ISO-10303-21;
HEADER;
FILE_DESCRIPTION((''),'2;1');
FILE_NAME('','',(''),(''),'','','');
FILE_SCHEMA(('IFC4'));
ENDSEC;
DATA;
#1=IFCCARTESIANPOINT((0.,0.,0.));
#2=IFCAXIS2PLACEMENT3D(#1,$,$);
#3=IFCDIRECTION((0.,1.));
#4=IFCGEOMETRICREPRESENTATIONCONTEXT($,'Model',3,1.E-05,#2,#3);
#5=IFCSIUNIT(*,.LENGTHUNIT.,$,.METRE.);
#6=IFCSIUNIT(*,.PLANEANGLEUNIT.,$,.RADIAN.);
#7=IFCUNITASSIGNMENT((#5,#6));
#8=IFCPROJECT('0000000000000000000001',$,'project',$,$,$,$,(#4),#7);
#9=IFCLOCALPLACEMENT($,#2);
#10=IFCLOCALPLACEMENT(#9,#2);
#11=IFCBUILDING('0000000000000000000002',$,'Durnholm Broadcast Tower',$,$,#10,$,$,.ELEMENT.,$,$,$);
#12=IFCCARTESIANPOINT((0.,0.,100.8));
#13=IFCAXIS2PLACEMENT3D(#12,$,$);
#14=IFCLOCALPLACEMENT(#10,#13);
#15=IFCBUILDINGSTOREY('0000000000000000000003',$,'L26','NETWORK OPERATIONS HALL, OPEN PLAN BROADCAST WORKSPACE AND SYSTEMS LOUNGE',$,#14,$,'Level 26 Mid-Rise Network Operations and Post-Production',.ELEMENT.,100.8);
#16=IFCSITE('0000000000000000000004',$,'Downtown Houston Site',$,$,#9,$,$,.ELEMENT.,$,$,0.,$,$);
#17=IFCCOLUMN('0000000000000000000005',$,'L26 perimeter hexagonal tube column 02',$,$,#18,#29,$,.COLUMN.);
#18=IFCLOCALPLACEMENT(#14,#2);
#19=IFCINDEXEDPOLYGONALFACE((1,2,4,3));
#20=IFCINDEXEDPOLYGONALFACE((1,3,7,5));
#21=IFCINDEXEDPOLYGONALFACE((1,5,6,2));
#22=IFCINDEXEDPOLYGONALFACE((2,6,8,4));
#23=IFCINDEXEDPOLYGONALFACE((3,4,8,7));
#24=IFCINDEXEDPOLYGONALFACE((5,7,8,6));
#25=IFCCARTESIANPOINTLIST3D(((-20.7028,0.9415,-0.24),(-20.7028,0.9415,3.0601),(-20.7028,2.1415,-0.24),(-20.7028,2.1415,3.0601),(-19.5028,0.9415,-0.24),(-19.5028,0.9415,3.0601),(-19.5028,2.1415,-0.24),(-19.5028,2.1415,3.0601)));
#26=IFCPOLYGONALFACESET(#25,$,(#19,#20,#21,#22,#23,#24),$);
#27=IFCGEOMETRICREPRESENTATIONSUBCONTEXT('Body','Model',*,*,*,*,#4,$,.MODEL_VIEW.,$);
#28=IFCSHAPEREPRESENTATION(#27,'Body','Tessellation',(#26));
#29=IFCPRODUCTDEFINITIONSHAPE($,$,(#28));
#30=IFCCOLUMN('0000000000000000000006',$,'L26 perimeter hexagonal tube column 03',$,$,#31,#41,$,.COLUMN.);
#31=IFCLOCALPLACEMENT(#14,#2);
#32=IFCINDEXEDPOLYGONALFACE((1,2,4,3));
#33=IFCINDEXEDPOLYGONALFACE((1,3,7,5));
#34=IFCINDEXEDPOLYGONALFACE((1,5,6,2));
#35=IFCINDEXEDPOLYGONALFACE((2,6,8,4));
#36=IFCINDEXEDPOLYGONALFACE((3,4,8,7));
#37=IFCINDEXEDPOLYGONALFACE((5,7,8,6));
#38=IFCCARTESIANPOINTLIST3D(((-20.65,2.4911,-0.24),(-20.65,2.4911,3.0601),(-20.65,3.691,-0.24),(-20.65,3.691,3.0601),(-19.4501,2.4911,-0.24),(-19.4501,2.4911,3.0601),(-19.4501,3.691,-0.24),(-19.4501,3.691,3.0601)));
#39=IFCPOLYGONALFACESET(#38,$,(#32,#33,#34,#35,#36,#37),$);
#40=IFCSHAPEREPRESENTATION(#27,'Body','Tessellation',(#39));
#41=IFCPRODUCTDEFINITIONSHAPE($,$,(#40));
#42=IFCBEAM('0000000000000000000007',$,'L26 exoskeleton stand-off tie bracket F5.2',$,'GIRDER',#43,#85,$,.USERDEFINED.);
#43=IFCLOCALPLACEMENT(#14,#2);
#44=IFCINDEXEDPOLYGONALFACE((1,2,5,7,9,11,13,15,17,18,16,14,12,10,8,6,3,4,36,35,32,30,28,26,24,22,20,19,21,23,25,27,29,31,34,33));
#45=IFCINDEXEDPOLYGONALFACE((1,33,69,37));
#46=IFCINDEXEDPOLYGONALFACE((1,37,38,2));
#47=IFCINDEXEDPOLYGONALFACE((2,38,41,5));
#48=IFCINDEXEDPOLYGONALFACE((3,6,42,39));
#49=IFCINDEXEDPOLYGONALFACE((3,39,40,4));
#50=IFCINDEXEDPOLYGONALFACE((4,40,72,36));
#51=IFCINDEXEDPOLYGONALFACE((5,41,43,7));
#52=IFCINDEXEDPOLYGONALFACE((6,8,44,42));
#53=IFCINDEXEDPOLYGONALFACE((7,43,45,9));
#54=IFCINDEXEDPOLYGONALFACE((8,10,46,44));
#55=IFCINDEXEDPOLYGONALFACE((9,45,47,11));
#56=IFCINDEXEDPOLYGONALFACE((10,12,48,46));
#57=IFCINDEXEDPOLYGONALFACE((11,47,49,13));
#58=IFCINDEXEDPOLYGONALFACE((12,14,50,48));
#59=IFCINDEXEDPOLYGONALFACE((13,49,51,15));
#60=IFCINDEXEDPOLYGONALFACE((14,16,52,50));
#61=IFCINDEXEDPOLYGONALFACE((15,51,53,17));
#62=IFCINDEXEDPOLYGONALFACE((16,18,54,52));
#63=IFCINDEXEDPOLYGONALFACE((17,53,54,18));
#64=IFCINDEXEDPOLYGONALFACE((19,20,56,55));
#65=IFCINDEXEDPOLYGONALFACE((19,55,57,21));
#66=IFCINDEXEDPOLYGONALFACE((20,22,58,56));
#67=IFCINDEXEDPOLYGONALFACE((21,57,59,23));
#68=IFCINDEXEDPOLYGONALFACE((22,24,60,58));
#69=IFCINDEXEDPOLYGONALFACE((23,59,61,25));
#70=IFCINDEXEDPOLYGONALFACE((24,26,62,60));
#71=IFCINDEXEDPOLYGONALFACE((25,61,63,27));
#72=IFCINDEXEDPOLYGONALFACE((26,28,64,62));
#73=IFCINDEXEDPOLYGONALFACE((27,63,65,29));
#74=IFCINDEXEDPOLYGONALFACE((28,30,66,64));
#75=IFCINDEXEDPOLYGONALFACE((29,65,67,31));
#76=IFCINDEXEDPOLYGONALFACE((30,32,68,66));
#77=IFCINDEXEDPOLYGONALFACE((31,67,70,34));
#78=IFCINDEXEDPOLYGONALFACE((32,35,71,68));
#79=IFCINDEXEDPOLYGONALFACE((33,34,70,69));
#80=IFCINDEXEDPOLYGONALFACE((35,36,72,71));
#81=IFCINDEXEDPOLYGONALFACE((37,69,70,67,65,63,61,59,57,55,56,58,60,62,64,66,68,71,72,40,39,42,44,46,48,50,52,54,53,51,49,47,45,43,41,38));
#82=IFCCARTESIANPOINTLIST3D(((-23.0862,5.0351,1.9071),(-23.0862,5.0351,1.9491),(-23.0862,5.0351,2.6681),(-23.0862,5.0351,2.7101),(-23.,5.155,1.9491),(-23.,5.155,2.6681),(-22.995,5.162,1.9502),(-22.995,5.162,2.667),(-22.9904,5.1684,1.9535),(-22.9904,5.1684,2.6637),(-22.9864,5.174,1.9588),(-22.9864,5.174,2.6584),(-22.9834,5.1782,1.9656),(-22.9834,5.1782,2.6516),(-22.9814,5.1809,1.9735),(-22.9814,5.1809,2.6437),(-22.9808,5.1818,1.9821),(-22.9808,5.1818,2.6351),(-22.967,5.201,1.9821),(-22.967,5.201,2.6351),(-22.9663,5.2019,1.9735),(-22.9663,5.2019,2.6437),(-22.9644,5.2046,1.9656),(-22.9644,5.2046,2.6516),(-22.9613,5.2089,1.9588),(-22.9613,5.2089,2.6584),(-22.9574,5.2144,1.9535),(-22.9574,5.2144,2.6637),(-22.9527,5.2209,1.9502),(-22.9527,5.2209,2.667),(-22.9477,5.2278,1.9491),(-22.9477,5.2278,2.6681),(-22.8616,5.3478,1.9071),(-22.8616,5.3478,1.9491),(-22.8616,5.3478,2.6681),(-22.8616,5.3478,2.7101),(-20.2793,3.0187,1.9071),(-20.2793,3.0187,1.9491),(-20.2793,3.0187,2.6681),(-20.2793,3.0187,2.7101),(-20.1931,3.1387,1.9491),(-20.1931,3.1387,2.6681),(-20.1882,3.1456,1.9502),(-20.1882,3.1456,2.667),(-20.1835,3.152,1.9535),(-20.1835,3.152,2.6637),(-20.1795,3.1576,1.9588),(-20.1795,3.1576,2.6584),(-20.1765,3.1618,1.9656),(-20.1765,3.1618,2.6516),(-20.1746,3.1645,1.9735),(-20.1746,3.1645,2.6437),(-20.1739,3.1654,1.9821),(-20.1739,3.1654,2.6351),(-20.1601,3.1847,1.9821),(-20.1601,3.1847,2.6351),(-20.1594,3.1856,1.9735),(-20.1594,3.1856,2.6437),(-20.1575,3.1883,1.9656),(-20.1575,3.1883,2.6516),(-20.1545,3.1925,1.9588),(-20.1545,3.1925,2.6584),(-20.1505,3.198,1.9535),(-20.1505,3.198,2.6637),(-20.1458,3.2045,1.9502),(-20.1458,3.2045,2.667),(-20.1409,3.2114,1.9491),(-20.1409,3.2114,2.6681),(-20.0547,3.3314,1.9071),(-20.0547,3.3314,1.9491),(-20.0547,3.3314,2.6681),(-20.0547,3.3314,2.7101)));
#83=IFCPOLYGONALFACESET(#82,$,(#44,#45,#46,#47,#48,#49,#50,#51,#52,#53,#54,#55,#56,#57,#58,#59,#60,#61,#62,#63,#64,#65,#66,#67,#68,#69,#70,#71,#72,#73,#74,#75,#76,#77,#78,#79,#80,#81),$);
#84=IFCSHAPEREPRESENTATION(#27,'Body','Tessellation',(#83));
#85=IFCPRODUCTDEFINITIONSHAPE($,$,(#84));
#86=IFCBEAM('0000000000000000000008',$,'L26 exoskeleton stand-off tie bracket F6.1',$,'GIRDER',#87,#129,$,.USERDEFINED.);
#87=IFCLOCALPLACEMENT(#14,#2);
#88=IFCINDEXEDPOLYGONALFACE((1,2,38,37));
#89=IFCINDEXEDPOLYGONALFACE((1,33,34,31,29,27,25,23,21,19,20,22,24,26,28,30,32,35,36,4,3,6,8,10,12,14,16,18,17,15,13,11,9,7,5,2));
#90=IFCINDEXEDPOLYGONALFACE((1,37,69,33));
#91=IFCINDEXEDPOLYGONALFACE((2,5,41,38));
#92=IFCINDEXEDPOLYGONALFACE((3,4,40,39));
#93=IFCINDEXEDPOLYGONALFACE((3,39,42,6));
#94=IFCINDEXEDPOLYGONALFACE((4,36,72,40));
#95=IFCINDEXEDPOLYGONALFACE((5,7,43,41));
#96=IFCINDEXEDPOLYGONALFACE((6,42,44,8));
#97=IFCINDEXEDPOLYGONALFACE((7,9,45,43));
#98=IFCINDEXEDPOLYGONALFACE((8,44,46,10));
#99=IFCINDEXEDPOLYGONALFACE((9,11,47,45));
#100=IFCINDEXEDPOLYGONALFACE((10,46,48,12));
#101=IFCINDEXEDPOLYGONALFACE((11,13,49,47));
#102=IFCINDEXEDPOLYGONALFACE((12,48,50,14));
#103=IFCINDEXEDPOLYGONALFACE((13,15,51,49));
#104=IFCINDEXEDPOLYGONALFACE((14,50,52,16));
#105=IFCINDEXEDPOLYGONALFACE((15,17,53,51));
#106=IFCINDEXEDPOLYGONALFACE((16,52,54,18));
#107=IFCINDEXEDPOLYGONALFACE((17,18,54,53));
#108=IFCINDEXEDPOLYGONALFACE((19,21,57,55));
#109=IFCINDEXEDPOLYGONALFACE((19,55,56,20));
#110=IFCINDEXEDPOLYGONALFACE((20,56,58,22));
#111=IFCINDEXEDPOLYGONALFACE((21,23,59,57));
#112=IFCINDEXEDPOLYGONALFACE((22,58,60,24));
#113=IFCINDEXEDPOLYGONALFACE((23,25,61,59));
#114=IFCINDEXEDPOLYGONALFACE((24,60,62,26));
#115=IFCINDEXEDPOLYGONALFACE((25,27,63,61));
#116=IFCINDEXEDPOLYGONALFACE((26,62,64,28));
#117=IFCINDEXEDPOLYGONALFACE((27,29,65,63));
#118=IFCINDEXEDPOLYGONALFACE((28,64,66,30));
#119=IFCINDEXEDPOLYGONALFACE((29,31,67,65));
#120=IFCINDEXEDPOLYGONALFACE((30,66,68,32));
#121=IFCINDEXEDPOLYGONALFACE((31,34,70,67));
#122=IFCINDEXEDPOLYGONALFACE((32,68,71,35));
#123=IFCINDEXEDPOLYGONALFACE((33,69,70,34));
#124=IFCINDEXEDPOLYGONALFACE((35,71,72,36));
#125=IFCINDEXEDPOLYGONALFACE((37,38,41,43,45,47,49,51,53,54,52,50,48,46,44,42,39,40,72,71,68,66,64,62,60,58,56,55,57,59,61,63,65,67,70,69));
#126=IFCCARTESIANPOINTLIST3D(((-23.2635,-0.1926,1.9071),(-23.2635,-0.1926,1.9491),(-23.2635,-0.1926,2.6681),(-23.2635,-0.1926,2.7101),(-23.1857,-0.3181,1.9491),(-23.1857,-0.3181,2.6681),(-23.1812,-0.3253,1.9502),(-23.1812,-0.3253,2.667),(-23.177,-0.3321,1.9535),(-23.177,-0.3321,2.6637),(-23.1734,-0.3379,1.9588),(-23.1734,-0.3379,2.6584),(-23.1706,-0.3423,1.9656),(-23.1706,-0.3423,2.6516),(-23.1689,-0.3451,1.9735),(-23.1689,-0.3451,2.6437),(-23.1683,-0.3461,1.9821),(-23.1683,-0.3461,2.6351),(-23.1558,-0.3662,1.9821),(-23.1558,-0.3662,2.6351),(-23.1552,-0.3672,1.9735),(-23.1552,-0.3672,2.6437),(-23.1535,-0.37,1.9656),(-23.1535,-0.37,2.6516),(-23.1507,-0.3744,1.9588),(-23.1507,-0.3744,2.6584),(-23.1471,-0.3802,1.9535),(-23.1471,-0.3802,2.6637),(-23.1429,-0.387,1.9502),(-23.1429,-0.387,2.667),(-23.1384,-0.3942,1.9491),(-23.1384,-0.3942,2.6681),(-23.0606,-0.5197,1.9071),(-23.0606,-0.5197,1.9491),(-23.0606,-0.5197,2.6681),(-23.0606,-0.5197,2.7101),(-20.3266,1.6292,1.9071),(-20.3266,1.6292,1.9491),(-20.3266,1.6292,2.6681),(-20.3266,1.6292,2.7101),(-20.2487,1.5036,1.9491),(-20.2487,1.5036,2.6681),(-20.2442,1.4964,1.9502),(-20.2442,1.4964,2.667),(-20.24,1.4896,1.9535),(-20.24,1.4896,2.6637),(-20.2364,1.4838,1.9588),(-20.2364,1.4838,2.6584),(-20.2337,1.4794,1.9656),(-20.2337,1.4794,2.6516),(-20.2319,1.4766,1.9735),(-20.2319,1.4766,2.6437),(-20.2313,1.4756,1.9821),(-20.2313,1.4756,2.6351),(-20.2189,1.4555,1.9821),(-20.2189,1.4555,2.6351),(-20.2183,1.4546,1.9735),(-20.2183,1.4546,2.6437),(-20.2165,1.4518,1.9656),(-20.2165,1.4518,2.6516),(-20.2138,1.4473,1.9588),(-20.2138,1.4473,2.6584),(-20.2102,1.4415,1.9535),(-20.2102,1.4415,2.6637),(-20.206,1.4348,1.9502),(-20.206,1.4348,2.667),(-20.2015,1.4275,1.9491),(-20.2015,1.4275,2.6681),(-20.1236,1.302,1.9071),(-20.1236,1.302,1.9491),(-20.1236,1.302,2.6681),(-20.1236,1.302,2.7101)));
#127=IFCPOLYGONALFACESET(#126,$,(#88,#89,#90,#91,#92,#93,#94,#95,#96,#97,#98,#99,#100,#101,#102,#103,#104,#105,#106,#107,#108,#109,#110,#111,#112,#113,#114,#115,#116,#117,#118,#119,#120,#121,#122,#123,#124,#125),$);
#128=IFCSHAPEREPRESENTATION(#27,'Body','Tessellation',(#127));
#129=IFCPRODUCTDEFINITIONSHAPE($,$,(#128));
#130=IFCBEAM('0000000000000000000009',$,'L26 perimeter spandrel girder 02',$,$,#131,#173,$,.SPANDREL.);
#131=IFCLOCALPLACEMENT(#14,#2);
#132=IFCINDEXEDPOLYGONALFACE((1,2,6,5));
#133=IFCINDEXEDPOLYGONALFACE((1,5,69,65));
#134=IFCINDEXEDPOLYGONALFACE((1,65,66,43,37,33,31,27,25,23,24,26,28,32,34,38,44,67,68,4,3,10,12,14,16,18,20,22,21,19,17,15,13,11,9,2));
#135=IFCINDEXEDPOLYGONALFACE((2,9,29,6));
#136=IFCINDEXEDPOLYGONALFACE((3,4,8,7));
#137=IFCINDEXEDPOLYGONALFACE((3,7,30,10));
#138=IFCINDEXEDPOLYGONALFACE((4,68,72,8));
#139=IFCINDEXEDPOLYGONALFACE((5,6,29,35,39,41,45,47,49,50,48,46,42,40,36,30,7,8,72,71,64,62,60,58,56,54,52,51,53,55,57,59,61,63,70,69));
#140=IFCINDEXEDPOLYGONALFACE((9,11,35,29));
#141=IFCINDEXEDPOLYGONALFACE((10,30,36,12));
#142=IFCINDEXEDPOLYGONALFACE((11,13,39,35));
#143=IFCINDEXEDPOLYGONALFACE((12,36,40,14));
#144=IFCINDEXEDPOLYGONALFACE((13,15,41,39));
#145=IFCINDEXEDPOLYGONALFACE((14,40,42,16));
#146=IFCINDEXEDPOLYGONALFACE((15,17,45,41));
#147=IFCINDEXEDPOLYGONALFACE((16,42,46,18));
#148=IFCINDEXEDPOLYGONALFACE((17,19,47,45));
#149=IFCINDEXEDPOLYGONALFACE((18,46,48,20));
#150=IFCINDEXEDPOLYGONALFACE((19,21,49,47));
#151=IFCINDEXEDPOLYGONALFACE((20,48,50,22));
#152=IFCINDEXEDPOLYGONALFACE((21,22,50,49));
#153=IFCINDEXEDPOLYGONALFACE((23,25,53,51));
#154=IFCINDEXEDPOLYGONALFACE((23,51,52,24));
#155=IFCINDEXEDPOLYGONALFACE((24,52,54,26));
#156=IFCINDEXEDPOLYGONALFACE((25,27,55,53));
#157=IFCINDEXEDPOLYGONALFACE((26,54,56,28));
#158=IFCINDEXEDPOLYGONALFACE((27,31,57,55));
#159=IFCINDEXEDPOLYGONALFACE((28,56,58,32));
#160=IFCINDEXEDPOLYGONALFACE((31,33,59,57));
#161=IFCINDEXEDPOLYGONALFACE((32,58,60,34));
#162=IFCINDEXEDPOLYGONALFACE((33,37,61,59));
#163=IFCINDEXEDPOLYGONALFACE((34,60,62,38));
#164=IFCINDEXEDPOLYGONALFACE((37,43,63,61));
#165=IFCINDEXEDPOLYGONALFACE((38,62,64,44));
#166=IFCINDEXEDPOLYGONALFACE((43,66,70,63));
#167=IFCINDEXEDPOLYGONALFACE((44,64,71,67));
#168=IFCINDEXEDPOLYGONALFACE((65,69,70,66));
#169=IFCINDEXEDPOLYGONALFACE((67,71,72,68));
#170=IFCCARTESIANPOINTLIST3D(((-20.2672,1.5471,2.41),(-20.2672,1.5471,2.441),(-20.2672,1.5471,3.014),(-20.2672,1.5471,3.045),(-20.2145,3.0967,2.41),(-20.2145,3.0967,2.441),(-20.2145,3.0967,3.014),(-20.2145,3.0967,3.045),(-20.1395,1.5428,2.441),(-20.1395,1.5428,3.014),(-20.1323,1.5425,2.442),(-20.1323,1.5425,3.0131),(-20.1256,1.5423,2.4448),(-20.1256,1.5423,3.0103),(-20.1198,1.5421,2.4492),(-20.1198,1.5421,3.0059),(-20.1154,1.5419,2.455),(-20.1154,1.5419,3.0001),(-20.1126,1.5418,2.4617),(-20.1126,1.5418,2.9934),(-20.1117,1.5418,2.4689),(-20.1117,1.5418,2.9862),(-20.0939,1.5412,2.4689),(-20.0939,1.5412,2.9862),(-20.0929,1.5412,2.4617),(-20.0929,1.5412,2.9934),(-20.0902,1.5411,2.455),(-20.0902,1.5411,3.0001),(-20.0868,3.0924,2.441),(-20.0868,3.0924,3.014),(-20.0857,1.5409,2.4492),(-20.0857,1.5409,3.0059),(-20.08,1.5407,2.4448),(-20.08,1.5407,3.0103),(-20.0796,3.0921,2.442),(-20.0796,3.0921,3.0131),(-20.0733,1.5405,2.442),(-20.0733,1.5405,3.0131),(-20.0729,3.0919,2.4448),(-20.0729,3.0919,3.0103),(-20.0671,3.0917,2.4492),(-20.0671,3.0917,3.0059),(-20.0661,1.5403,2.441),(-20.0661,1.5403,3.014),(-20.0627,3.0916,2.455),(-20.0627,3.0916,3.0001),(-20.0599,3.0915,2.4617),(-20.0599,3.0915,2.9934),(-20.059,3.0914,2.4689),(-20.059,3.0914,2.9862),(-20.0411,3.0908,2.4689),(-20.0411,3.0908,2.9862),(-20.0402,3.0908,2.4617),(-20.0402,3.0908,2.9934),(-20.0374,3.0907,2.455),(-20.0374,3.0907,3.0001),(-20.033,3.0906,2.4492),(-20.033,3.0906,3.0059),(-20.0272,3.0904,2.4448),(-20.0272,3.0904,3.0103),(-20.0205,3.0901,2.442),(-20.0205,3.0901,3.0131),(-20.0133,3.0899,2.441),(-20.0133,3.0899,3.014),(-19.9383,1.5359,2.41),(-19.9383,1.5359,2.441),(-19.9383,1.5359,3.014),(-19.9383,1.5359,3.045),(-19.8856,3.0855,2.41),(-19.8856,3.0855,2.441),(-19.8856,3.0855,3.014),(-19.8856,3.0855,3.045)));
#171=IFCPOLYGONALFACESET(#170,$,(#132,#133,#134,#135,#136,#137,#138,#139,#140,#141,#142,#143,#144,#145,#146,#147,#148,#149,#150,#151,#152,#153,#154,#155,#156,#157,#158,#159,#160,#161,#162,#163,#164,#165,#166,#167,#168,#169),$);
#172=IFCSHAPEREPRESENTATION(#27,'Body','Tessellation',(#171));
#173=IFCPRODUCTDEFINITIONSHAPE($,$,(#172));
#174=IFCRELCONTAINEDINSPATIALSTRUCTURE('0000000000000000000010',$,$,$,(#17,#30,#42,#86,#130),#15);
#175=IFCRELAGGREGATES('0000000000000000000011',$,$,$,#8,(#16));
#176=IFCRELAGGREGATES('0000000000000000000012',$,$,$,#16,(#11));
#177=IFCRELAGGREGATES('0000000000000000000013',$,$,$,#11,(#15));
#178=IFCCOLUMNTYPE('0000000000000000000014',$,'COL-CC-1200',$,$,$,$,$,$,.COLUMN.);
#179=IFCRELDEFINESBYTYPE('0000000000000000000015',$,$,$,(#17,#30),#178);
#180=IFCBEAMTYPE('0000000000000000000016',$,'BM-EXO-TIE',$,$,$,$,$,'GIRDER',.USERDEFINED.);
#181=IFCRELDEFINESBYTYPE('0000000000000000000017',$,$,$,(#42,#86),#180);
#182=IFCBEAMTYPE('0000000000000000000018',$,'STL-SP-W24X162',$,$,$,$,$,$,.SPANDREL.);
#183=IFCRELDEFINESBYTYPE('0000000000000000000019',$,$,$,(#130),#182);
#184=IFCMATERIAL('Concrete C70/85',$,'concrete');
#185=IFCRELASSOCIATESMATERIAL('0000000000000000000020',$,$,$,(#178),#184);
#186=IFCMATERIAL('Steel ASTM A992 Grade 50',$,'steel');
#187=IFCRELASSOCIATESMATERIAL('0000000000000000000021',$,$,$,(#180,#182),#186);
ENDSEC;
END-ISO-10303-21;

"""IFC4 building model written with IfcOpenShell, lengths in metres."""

from ifc_helpers import new_model, si_unit, direction, frame, origin, origin_2d, place, context, subcontext, project, spatial, rectangle, i_section, extrude, source, transform, mapped, material, material_profile, profile_set, type_object, type_shapes, element, save


model = new_model("IFC4")

# Units and contexts
model_context = context("Model", 3, precision=1e-05, world=origin(), true_north=direction((0.0, 1.0)))
body_context = subcontext(model_context, "Body", "Model", "MODEL_VIEW")
ifc_project = project(units=[si_unit("LENGTHUNIT", "METRE"), si_unit("PLANEANGLEUNIT", "RADIAN")], contexts=[model_context])

# Site, building, storey
site_placement = place(None, origin())
site = spatial("IfcSite", under=ifc_project, at=site_placement, Name="Downtown Houston Site", CompositionType="ELEMENT", RefElevation=0.0)
building_placement = place(site_placement, origin())
building = spatial("IfcBuilding", under=site, at=building_placement, Name="Durnholm Broadcast Tower", CompositionType="ELEMENT")
storey_placement = place(building_placement, frame((0.0, 0.0, 100.8)))
storey = spatial("IfcBuildingStorey", under=building, at=storey_placement, Name="L26", Description="NETWORK OPERATIONS HALL, OPEN PLAN BROADCAST WORKSPACE AND SYSTEMS LOUNGE", LongName="Level 26 Mid-Rise Network Operations and Post-Production", CompositionType="ELEMENT", Elevation=100.8)

# Columns
ifc_material_1 = material(Name="Concrete C70/85", Category="concrete")
ifc_material_profile_1 = material_profile(ifc_material_1, rectangle(XDim=1.2, YDim=1.2, at=origin_2d()), Name="RC1200X1200")
ifc_profile_set_1 = profile_set([ifc_material_profile_1], Name="Concrete C70/85")
column_type = type_object("IfcColumnType", Name="COL-CC-1200", PredefinedType="COLUMN", material=ifc_profile_set_1)
shared_shape_1 = source(origin(), body_context, "Body", "SweptSolid", [
    extrude(rectangle(XDim=1.2, YDim=1.2, at=origin_2d()), origin(), (0.0, 0.0, 1.0), 3.3),
])
type_shapes(column_type, [shared_shape_1])
for number, where, z_axis, x_axis, name in (
    (1, (-20.1028, 1.5415, -0.24), (0.0, 0.0, 1.0), (1.0, 0.0, 0.0), "L26 perimeter hexagonal tube column 02"),
    (2, (-20.05, 3.0911, -0.24), (0.0, 0.0, 1.0), (1.0, 0.0, 0.0), "L26 perimeter hexagonal tube column 03"),
):
    element("IfcColumn", number, at=place(storey_placement, frame(where, z_axis=z_axis, x_axis=x_axis)), inside=storey, type_object=column_type, Name=name, PredefinedType="COLUMN", context=body_context, shape_type="MappedRepresentation", body=[
        mapped(shared_shape_1, transform((0.0, 0.0, 0.0), x_axis=(1.0, 0.0, 0.0), y_axis=(0.0, 1.0, 0.0), z_axis=(0.0, 0.0, 1.0), scale=1.0)),
    ])

# Beams
ifc_material_2 = material(Name="Steel ASTM A992 Grade 50", Category="steel")
ifc_material_profile_2 = material_profile(ifc_material_2, i_section(OverallWidth=0.385, OverallDepth=0.803, WebThickness=0.0237, FlangeThickness=0.042, FilletRadius=0.033, at=origin_2d()), Name="W30X261")
ifc_profile_set_2 = profile_set([ifc_material_profile_2], Name="Steel ASTM A992 Grade 50")
beam_type_1 = type_object("IfcBeamType", Name="BM-EXO-TIE", ElementType="GIRDER", PredefinedType="USERDEFINED", material=ifc_profile_set_2)
shared_shape_2 = source(origin(), body_context, "Body", "SweptSolid", [
    extrude(i_section(OverallWidth=0.385, OverallDepth=0.803, WebThickness=0.0237, FlangeThickness=0.042, FilletRadius=0.033, at=origin_2d()), origin(), (0.0, 0.0, 1.0), 3.4561),
])
for number, where, z_axis, x_axis, name in (
    (3, (-20.167, 3.175, 2.3086), (-0.812165, 0.583428, 0.0), (-0.583428, -0.812165, 0.0), "L26 exoskeleton stand-off tie bracket F5.2"),
    (4, (-20.2251, 1.4656, 2.3086), (-0.849795, -0.527113, 0.0), (0.527113, -0.849795, 0.0), "L26 exoskeleton stand-off tie bracket F6.1"),
):
    element("IfcBeam", number, at=place(storey_placement, frame(where, z_axis=z_axis, x_axis=x_axis)), inside=storey, type_object=beam_type_1, Name=name, ObjectType="GIRDER", PredefinedType="USERDEFINED", context=body_context, shape_type="MappedRepresentation", body=[
        mapped(shared_shape_2, transform((0.0, 0.0, 0.0), x_axis=(1.0, 0.0, 0.0), y_axis=(0.0, 1.0, 0.0), z_axis=(0.0, 0.0, 1.0), scale=1.0)),
    ])
ifc_material_profile_3 = material_profile(ifc_material_2, i_section(OverallWidth=0.3291, OverallDepth=0.635, WebThickness=0.0178, FlangeThickness=0.031, FilletRadius=0.0278, at=origin_2d()), Name="W24X162")
ifc_profile_set_3 = profile_set([ifc_material_profile_3], Name="Steel ASTM A992 Grade 50")
beam_type_2 = type_object("IfcBeamType", Name="STL-SP-W24X162", PredefinedType="SPANDREL", material=ifc_profile_set_3)
shared_shape_3 = source(origin(), body_context, "Body", "SweptSolid", [
    extrude(i_section(OverallWidth=0.3291, OverallDepth=0.635, WebThickness=0.0178, FlangeThickness=0.031, FilletRadius=0.0278, at=origin_2d()), origin(), (0.0, 0.0, 1.0), 1.5505),
])
beam_1_placement = place(storey_placement, frame((-20.1028, 1.5415, 2.7275), z_axis=(0.034012, 0.999421, 0.0), x_axis=(-0.999421, 0.034012, 0.0)))
element("IfcBeam", 5, at=beam_1_placement, inside=storey, type_object=beam_type_2, Name="L26 perimeter spandrel girder 02", PredefinedType="SPANDREL", context=body_context, shape_type="MappedRepresentation", body=[
    mapped(shared_shape_3, transform((0.0, 0.0, 0.0), x_axis=(1.0, 0.0, 0.0), y_axis=(0.0, 1.0, 0.0), z_axis=(0.0, 0.0, 1.0), scale=1.0)),
])

save(model, "model.ifc")
